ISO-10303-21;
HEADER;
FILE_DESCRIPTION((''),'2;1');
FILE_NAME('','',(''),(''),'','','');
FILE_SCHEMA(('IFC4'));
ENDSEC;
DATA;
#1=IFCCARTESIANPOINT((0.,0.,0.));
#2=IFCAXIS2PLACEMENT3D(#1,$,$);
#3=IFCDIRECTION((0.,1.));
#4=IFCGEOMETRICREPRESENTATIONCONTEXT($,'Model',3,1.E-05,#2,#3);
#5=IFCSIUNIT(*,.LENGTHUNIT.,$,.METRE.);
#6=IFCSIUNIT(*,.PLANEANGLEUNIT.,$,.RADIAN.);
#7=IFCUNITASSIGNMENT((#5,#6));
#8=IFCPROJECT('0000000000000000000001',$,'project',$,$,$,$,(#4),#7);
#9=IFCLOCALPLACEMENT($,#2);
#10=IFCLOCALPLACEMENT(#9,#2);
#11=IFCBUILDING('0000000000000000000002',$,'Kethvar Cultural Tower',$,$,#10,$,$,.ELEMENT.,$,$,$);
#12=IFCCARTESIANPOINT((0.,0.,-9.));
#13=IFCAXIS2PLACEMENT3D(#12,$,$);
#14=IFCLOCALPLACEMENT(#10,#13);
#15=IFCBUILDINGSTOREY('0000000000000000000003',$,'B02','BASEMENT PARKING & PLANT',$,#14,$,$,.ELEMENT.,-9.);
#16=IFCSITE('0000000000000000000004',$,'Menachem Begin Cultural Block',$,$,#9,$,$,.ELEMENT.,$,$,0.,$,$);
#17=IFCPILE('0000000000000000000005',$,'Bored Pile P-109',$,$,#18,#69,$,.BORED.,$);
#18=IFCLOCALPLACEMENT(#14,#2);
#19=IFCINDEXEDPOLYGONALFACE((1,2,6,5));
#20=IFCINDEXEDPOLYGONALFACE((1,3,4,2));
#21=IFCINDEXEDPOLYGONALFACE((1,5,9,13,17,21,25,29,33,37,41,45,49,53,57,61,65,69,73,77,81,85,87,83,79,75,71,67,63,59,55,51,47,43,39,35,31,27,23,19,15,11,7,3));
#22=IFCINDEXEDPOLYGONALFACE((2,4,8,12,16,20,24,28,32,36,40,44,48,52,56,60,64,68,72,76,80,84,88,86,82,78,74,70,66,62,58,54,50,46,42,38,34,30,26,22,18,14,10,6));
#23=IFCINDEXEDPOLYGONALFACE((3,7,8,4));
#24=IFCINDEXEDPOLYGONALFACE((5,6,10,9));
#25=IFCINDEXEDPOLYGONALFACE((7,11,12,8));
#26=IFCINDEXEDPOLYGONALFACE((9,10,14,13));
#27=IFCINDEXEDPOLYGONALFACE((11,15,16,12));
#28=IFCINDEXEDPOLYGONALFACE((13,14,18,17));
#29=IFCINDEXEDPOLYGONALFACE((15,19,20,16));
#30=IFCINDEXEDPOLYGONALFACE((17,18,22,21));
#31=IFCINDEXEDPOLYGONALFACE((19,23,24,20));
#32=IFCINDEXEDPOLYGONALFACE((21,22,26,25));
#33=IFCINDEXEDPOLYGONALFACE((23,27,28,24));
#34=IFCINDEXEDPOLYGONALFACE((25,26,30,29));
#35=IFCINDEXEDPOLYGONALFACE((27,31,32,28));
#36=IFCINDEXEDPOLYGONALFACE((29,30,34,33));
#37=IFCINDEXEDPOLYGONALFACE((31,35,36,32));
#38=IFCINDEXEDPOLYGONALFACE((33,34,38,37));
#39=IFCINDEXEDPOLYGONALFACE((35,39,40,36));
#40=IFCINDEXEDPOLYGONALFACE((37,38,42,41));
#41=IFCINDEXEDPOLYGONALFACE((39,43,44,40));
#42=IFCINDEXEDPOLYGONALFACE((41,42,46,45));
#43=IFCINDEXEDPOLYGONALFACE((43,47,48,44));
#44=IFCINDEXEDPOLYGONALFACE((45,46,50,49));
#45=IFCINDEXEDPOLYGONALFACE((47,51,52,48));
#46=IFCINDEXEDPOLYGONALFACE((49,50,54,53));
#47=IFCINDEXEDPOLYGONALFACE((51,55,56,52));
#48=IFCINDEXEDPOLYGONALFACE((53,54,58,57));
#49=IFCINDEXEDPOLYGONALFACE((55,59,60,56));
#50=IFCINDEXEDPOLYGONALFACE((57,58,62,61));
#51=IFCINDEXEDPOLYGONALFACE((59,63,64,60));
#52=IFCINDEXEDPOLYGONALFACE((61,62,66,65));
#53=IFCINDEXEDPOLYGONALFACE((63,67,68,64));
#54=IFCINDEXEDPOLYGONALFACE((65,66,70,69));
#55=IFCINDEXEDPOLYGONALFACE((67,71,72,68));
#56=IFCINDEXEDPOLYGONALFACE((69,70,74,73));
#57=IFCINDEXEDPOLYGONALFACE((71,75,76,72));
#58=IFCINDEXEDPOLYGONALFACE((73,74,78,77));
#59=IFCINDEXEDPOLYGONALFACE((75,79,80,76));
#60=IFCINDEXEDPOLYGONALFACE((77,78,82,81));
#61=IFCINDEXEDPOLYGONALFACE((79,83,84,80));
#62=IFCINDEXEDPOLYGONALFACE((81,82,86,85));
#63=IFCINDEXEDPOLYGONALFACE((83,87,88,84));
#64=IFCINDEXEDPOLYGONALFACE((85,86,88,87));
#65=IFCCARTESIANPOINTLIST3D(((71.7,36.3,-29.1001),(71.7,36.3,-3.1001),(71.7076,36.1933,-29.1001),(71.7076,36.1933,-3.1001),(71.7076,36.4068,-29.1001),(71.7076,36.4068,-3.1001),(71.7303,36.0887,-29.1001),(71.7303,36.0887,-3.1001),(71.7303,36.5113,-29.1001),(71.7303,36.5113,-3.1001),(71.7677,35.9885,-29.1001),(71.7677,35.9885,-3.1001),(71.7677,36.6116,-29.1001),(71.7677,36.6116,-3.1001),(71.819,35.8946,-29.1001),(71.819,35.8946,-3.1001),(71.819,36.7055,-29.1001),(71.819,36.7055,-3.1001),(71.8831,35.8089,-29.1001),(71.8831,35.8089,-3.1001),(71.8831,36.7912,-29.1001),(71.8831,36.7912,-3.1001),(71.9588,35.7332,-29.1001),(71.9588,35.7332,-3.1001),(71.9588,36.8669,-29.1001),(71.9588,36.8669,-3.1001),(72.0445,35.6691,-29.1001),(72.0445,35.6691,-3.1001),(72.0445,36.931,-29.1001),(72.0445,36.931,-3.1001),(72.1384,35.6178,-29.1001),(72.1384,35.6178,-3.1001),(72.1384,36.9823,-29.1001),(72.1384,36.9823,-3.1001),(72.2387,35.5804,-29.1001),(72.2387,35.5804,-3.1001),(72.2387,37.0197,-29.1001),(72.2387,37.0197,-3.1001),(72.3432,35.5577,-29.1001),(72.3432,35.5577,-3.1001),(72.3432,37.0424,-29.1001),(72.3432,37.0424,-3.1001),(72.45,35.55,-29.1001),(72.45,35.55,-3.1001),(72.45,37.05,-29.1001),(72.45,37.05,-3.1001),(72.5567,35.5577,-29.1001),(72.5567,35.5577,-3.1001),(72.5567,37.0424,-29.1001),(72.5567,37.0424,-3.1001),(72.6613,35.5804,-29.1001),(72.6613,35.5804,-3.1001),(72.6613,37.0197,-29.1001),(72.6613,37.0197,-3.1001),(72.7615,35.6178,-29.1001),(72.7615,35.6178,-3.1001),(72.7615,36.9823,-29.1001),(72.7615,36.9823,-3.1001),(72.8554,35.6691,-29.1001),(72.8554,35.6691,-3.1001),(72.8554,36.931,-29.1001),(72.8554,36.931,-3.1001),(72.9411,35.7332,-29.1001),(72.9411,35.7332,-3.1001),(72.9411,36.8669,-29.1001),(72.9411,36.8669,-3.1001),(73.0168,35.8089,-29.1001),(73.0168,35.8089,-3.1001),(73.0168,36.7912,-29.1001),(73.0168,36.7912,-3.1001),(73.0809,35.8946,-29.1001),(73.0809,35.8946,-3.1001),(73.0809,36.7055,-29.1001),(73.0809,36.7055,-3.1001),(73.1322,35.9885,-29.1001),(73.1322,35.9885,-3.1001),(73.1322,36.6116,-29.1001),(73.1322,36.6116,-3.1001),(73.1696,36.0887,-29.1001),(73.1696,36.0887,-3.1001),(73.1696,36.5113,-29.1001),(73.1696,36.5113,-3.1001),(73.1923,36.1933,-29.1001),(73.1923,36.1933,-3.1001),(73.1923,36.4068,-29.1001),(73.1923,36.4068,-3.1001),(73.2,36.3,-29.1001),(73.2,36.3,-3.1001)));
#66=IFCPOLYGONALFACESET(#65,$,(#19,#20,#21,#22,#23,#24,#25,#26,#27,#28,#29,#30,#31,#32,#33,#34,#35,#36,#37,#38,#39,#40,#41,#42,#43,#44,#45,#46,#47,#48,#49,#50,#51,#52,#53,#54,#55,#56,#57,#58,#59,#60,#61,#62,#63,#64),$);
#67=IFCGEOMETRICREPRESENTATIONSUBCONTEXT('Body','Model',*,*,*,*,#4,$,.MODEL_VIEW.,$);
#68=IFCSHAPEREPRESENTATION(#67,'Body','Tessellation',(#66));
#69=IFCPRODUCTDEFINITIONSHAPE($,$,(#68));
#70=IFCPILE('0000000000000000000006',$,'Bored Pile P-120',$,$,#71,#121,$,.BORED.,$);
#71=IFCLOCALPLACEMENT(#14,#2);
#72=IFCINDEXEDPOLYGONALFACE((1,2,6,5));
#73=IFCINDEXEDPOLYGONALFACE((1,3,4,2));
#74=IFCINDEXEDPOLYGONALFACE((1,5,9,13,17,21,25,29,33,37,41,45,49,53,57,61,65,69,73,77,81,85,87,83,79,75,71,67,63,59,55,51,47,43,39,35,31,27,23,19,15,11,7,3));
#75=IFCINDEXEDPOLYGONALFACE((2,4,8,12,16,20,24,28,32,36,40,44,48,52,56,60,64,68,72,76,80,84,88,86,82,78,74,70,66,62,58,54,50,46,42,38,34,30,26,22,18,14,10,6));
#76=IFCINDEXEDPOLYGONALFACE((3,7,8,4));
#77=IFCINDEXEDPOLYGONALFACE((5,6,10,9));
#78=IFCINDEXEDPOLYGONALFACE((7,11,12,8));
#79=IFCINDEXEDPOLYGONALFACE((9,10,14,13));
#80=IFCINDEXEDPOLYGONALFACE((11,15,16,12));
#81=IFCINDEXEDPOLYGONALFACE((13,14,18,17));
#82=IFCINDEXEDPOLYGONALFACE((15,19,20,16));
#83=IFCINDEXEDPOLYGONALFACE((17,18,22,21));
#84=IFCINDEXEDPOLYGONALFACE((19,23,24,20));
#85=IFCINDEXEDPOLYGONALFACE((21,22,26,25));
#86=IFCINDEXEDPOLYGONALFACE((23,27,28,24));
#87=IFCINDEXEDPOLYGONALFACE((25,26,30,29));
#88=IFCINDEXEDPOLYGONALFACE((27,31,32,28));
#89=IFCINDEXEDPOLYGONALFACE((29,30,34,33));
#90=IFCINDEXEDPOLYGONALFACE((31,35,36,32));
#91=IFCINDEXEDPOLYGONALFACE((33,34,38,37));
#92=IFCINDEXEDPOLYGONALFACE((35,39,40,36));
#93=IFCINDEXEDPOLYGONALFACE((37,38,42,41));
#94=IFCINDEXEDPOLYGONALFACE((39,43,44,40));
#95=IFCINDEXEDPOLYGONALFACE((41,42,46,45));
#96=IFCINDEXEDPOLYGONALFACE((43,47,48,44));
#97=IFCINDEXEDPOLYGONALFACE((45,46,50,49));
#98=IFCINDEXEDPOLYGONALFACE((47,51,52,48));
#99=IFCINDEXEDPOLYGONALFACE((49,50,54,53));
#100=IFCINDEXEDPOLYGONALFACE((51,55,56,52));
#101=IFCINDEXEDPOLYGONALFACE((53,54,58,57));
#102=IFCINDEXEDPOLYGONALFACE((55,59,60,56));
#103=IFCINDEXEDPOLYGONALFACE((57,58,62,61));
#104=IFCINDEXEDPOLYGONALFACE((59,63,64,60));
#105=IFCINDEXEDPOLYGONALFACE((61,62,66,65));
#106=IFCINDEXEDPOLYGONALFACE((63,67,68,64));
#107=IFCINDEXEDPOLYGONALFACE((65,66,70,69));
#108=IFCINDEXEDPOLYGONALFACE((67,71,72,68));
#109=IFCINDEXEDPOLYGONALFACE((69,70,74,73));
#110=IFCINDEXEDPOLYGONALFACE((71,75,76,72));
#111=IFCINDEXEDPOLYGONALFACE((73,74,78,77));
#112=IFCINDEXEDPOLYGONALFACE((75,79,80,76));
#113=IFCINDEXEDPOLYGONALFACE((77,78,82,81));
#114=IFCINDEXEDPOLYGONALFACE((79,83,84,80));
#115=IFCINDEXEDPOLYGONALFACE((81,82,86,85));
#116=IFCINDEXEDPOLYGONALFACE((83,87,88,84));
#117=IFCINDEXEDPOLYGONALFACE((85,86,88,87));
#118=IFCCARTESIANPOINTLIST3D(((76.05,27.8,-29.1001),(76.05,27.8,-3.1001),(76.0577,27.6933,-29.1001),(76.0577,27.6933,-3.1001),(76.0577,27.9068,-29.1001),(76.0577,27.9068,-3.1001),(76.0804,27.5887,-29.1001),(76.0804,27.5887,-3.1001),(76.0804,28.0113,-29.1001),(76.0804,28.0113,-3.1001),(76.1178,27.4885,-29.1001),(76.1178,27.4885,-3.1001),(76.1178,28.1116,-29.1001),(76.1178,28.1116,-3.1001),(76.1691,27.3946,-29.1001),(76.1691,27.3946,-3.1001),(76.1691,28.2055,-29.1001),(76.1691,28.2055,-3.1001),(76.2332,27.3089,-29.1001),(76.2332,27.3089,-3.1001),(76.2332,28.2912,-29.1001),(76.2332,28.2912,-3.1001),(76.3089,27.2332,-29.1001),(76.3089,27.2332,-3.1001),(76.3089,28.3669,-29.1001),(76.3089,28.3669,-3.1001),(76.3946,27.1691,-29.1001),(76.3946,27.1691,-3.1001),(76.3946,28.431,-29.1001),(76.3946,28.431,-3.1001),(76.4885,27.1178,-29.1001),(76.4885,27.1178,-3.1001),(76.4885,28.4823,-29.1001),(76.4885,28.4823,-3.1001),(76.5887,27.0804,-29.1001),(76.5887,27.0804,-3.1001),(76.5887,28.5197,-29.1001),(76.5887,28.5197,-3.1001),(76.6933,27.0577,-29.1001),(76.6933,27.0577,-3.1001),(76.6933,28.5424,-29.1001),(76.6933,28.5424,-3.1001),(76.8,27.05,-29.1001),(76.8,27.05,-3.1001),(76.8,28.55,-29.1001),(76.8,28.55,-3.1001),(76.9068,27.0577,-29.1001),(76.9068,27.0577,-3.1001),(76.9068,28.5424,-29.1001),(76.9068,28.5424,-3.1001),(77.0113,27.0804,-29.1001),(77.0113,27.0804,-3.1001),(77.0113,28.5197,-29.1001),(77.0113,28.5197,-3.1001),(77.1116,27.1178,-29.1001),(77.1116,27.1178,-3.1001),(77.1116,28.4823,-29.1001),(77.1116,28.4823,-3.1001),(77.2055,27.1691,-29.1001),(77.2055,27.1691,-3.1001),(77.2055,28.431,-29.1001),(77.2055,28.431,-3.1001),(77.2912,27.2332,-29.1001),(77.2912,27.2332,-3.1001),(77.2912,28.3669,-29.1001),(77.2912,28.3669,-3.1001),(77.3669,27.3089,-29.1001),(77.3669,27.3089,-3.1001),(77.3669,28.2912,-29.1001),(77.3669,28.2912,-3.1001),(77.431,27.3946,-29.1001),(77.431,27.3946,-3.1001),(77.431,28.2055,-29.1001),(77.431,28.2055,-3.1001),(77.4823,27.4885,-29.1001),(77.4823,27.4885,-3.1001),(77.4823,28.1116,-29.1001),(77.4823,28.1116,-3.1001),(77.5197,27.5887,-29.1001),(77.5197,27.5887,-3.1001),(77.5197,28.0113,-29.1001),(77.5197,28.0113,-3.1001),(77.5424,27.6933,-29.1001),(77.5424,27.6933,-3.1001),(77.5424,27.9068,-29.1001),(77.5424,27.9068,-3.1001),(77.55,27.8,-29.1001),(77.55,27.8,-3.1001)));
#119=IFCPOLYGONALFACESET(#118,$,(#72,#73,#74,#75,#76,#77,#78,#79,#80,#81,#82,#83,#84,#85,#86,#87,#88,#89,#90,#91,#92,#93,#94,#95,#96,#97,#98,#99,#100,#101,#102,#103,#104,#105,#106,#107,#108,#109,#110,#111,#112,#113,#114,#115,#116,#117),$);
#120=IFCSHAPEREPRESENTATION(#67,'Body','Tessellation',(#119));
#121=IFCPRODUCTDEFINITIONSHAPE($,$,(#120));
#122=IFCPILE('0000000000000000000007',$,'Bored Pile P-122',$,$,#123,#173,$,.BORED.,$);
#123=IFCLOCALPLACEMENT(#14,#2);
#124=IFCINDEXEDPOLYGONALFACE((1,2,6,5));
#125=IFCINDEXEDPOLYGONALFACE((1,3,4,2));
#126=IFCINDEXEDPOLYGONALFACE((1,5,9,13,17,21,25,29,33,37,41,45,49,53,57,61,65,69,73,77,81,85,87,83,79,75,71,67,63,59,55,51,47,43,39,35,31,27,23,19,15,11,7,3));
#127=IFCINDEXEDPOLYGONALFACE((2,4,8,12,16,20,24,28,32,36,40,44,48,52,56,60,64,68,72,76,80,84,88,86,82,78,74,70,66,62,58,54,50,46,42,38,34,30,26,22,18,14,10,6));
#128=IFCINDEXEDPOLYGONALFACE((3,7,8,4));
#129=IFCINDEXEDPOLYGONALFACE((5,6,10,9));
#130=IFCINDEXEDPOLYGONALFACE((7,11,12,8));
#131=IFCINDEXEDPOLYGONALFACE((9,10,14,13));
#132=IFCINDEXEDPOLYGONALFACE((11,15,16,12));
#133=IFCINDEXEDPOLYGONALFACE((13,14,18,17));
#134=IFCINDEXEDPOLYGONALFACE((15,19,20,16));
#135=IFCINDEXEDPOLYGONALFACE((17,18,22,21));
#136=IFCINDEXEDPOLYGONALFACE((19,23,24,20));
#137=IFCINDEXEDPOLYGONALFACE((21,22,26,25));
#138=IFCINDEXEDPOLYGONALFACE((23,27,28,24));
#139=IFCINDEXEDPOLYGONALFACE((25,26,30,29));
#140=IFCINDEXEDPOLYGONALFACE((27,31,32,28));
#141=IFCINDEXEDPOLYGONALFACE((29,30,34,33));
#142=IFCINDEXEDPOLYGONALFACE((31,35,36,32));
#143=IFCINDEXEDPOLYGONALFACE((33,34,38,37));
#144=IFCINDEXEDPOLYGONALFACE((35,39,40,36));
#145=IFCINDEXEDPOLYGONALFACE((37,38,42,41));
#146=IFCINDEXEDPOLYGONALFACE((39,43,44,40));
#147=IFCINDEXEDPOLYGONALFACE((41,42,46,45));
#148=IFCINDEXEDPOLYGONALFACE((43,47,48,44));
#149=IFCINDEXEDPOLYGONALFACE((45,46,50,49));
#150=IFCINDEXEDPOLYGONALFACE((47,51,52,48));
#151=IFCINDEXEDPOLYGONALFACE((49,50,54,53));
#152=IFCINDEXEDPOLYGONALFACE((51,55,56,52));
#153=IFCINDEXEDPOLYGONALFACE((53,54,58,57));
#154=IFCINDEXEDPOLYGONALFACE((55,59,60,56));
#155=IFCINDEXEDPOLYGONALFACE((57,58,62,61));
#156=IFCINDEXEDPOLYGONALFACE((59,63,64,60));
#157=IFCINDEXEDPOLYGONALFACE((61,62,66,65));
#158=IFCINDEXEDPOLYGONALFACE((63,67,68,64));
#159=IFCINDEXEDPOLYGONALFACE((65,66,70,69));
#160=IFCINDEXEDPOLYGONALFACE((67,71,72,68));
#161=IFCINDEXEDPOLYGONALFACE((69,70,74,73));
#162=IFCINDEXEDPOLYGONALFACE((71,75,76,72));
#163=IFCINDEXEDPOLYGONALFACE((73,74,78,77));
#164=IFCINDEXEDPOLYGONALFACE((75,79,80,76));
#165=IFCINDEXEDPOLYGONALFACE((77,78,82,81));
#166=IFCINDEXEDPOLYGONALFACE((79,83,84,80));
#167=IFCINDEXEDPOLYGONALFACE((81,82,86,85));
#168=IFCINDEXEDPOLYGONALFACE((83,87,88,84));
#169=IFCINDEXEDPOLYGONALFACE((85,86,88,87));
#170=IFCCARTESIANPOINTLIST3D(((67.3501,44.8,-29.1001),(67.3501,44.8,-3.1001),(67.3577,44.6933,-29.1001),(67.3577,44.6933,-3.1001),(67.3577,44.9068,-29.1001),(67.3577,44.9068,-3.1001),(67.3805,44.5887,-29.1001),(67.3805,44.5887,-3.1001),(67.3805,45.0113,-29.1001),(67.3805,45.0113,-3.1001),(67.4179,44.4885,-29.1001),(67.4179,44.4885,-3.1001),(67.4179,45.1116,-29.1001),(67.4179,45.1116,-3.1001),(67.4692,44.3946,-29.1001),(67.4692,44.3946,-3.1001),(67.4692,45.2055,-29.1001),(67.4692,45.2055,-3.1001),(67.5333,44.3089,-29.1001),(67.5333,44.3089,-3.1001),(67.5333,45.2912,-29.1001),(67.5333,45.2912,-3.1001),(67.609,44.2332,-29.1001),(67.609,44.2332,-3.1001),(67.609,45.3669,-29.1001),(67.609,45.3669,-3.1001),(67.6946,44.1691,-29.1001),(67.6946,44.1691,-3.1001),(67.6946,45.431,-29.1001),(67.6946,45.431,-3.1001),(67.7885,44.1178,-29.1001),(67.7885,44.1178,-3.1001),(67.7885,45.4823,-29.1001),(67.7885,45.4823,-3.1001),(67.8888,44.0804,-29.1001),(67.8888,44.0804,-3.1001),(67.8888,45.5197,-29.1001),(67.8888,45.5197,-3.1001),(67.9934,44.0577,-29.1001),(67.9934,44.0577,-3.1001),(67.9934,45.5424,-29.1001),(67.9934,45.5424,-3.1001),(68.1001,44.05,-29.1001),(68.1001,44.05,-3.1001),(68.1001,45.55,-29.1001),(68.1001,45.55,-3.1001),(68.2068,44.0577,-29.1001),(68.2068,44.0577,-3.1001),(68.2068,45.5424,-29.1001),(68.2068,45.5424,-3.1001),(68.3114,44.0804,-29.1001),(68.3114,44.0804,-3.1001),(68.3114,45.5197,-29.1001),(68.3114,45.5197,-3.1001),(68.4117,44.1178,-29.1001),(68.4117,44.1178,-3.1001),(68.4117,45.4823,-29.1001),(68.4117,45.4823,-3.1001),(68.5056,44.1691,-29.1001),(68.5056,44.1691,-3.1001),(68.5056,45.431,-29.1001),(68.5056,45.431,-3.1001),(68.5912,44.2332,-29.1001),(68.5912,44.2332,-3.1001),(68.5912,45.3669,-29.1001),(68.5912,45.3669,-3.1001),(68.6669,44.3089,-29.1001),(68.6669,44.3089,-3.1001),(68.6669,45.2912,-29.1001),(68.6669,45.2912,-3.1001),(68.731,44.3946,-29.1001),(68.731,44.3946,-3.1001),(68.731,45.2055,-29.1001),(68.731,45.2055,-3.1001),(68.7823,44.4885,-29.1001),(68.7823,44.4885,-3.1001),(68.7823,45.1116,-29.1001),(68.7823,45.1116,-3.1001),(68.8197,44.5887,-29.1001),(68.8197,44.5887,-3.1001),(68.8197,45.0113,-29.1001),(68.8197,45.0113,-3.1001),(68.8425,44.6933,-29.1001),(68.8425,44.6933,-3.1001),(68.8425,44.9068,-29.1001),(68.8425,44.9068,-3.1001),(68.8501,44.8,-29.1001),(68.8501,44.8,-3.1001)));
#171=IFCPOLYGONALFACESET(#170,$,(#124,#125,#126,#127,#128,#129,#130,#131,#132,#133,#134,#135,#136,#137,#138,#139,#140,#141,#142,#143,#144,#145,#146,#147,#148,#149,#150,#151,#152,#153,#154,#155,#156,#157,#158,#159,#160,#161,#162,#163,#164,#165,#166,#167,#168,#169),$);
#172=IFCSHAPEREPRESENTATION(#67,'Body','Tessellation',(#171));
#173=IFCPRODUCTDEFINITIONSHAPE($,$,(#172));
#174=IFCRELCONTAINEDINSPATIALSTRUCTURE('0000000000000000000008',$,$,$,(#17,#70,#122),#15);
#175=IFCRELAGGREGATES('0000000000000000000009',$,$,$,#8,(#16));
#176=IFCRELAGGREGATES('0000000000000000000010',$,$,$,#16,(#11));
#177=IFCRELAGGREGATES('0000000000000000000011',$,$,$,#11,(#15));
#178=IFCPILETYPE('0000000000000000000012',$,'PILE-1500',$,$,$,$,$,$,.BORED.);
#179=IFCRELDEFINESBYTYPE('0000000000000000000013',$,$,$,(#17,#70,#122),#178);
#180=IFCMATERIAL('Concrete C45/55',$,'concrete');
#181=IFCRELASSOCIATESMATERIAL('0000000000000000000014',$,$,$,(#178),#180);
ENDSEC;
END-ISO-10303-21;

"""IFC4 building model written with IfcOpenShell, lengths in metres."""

from ifc_helpers import new_model, si_unit, direction, frame, origin, origin_2d, place, context, subcontext, project, spatial, circle, extrude, source, transform, mapped, material, material_profile, profile_set, type_object, element, save


model = new_model("IFC4")

# Units and contexts
model_context = context("Model", 3, precision=1e-05, world=origin(), true_north=direction((0.0, 1.0)))
body_context = subcontext(model_context, "Body", "Model", "MODEL_VIEW")
ifc_project = project(units=[si_unit("LENGTHUNIT", "METRE"), si_unit("PLANEANGLEUNIT", "RADIAN")], contexts=[model_context])

# Site, building, storey
site_placement = place(None, origin())
site = spatial("IfcSite", under=ifc_project, at=site_placement, Name="Menachem Begin Cultural Block", CompositionType="ELEMENT", RefElevation=0.0)
building_placement = place(site_placement, origin())
building = spatial("IfcBuilding", under=site, at=building_placement, Name="Kethvar Cultural Tower", CompositionType="ELEMENT")
storey_placement = place(building_placement, frame((0.0, 0.0, -9.0)))
storey = spatial("IfcBuildingStorey", under=building, at=storey_placement, Name="B02", Description="BASEMENT PARKING & PLANT", CompositionType="ELEMENT", Elevation=-9.0)

# Piles
ifc_material_1 = material(Name="Concrete C45/55", Category="concrete")
ifc_material_profile_1 = material_profile(ifc_material_1, circle(Radius=0.75, at=origin_2d()), Name="Concrete C45/55 — PILE1500")
ifc_profile_set_1 = profile_set([ifc_material_profile_1], Name="Concrete C45/55 — PILE1500")
pile_type = type_object("IfcPileType", Name="PILE-1500", PredefinedType="BORED", material=ifc_profile_set_1)
shared_shape_1 = source(origin(), body_context, "Body", "SweptSolid", [
    extrude(circle(Radius=0.75, at=origin_2d()), origin(), (0.0, 0.0, 1.0), 26.0),
])
for number, where, z_axis, x_axis, name in (
    (1, (72.45, 36.3, -3.1001), (0.0, 0.0, -1.0), (1.0, 0.0, 0.0), "Bored Pile P-109"),
    (2, (76.8, 27.8, -3.1001), (0.0, 0.0, -1.0), (1.0, 0.0, 0.0), "Bored Pile P-120"),
    (3, (68.1001, 44.8, -3.1001), (0.0, 0.0, -1.0), (1.0, 0.0, 0.0), "Bored Pile P-122"),
):
    element("IfcPile", number, at=place(storey_placement, frame(where, z_axis=z_axis, x_axis=x_axis)), inside=storey, type_object=pile_type, Name=name, PredefinedType="BORED", context=body_context, shape_type="MappedRepresentation", body=[
        mapped(shared_shape_1, transform((0.0, 0.0, 0.0), scale=1.0)),
    ])

save(model, "model.ifc")
